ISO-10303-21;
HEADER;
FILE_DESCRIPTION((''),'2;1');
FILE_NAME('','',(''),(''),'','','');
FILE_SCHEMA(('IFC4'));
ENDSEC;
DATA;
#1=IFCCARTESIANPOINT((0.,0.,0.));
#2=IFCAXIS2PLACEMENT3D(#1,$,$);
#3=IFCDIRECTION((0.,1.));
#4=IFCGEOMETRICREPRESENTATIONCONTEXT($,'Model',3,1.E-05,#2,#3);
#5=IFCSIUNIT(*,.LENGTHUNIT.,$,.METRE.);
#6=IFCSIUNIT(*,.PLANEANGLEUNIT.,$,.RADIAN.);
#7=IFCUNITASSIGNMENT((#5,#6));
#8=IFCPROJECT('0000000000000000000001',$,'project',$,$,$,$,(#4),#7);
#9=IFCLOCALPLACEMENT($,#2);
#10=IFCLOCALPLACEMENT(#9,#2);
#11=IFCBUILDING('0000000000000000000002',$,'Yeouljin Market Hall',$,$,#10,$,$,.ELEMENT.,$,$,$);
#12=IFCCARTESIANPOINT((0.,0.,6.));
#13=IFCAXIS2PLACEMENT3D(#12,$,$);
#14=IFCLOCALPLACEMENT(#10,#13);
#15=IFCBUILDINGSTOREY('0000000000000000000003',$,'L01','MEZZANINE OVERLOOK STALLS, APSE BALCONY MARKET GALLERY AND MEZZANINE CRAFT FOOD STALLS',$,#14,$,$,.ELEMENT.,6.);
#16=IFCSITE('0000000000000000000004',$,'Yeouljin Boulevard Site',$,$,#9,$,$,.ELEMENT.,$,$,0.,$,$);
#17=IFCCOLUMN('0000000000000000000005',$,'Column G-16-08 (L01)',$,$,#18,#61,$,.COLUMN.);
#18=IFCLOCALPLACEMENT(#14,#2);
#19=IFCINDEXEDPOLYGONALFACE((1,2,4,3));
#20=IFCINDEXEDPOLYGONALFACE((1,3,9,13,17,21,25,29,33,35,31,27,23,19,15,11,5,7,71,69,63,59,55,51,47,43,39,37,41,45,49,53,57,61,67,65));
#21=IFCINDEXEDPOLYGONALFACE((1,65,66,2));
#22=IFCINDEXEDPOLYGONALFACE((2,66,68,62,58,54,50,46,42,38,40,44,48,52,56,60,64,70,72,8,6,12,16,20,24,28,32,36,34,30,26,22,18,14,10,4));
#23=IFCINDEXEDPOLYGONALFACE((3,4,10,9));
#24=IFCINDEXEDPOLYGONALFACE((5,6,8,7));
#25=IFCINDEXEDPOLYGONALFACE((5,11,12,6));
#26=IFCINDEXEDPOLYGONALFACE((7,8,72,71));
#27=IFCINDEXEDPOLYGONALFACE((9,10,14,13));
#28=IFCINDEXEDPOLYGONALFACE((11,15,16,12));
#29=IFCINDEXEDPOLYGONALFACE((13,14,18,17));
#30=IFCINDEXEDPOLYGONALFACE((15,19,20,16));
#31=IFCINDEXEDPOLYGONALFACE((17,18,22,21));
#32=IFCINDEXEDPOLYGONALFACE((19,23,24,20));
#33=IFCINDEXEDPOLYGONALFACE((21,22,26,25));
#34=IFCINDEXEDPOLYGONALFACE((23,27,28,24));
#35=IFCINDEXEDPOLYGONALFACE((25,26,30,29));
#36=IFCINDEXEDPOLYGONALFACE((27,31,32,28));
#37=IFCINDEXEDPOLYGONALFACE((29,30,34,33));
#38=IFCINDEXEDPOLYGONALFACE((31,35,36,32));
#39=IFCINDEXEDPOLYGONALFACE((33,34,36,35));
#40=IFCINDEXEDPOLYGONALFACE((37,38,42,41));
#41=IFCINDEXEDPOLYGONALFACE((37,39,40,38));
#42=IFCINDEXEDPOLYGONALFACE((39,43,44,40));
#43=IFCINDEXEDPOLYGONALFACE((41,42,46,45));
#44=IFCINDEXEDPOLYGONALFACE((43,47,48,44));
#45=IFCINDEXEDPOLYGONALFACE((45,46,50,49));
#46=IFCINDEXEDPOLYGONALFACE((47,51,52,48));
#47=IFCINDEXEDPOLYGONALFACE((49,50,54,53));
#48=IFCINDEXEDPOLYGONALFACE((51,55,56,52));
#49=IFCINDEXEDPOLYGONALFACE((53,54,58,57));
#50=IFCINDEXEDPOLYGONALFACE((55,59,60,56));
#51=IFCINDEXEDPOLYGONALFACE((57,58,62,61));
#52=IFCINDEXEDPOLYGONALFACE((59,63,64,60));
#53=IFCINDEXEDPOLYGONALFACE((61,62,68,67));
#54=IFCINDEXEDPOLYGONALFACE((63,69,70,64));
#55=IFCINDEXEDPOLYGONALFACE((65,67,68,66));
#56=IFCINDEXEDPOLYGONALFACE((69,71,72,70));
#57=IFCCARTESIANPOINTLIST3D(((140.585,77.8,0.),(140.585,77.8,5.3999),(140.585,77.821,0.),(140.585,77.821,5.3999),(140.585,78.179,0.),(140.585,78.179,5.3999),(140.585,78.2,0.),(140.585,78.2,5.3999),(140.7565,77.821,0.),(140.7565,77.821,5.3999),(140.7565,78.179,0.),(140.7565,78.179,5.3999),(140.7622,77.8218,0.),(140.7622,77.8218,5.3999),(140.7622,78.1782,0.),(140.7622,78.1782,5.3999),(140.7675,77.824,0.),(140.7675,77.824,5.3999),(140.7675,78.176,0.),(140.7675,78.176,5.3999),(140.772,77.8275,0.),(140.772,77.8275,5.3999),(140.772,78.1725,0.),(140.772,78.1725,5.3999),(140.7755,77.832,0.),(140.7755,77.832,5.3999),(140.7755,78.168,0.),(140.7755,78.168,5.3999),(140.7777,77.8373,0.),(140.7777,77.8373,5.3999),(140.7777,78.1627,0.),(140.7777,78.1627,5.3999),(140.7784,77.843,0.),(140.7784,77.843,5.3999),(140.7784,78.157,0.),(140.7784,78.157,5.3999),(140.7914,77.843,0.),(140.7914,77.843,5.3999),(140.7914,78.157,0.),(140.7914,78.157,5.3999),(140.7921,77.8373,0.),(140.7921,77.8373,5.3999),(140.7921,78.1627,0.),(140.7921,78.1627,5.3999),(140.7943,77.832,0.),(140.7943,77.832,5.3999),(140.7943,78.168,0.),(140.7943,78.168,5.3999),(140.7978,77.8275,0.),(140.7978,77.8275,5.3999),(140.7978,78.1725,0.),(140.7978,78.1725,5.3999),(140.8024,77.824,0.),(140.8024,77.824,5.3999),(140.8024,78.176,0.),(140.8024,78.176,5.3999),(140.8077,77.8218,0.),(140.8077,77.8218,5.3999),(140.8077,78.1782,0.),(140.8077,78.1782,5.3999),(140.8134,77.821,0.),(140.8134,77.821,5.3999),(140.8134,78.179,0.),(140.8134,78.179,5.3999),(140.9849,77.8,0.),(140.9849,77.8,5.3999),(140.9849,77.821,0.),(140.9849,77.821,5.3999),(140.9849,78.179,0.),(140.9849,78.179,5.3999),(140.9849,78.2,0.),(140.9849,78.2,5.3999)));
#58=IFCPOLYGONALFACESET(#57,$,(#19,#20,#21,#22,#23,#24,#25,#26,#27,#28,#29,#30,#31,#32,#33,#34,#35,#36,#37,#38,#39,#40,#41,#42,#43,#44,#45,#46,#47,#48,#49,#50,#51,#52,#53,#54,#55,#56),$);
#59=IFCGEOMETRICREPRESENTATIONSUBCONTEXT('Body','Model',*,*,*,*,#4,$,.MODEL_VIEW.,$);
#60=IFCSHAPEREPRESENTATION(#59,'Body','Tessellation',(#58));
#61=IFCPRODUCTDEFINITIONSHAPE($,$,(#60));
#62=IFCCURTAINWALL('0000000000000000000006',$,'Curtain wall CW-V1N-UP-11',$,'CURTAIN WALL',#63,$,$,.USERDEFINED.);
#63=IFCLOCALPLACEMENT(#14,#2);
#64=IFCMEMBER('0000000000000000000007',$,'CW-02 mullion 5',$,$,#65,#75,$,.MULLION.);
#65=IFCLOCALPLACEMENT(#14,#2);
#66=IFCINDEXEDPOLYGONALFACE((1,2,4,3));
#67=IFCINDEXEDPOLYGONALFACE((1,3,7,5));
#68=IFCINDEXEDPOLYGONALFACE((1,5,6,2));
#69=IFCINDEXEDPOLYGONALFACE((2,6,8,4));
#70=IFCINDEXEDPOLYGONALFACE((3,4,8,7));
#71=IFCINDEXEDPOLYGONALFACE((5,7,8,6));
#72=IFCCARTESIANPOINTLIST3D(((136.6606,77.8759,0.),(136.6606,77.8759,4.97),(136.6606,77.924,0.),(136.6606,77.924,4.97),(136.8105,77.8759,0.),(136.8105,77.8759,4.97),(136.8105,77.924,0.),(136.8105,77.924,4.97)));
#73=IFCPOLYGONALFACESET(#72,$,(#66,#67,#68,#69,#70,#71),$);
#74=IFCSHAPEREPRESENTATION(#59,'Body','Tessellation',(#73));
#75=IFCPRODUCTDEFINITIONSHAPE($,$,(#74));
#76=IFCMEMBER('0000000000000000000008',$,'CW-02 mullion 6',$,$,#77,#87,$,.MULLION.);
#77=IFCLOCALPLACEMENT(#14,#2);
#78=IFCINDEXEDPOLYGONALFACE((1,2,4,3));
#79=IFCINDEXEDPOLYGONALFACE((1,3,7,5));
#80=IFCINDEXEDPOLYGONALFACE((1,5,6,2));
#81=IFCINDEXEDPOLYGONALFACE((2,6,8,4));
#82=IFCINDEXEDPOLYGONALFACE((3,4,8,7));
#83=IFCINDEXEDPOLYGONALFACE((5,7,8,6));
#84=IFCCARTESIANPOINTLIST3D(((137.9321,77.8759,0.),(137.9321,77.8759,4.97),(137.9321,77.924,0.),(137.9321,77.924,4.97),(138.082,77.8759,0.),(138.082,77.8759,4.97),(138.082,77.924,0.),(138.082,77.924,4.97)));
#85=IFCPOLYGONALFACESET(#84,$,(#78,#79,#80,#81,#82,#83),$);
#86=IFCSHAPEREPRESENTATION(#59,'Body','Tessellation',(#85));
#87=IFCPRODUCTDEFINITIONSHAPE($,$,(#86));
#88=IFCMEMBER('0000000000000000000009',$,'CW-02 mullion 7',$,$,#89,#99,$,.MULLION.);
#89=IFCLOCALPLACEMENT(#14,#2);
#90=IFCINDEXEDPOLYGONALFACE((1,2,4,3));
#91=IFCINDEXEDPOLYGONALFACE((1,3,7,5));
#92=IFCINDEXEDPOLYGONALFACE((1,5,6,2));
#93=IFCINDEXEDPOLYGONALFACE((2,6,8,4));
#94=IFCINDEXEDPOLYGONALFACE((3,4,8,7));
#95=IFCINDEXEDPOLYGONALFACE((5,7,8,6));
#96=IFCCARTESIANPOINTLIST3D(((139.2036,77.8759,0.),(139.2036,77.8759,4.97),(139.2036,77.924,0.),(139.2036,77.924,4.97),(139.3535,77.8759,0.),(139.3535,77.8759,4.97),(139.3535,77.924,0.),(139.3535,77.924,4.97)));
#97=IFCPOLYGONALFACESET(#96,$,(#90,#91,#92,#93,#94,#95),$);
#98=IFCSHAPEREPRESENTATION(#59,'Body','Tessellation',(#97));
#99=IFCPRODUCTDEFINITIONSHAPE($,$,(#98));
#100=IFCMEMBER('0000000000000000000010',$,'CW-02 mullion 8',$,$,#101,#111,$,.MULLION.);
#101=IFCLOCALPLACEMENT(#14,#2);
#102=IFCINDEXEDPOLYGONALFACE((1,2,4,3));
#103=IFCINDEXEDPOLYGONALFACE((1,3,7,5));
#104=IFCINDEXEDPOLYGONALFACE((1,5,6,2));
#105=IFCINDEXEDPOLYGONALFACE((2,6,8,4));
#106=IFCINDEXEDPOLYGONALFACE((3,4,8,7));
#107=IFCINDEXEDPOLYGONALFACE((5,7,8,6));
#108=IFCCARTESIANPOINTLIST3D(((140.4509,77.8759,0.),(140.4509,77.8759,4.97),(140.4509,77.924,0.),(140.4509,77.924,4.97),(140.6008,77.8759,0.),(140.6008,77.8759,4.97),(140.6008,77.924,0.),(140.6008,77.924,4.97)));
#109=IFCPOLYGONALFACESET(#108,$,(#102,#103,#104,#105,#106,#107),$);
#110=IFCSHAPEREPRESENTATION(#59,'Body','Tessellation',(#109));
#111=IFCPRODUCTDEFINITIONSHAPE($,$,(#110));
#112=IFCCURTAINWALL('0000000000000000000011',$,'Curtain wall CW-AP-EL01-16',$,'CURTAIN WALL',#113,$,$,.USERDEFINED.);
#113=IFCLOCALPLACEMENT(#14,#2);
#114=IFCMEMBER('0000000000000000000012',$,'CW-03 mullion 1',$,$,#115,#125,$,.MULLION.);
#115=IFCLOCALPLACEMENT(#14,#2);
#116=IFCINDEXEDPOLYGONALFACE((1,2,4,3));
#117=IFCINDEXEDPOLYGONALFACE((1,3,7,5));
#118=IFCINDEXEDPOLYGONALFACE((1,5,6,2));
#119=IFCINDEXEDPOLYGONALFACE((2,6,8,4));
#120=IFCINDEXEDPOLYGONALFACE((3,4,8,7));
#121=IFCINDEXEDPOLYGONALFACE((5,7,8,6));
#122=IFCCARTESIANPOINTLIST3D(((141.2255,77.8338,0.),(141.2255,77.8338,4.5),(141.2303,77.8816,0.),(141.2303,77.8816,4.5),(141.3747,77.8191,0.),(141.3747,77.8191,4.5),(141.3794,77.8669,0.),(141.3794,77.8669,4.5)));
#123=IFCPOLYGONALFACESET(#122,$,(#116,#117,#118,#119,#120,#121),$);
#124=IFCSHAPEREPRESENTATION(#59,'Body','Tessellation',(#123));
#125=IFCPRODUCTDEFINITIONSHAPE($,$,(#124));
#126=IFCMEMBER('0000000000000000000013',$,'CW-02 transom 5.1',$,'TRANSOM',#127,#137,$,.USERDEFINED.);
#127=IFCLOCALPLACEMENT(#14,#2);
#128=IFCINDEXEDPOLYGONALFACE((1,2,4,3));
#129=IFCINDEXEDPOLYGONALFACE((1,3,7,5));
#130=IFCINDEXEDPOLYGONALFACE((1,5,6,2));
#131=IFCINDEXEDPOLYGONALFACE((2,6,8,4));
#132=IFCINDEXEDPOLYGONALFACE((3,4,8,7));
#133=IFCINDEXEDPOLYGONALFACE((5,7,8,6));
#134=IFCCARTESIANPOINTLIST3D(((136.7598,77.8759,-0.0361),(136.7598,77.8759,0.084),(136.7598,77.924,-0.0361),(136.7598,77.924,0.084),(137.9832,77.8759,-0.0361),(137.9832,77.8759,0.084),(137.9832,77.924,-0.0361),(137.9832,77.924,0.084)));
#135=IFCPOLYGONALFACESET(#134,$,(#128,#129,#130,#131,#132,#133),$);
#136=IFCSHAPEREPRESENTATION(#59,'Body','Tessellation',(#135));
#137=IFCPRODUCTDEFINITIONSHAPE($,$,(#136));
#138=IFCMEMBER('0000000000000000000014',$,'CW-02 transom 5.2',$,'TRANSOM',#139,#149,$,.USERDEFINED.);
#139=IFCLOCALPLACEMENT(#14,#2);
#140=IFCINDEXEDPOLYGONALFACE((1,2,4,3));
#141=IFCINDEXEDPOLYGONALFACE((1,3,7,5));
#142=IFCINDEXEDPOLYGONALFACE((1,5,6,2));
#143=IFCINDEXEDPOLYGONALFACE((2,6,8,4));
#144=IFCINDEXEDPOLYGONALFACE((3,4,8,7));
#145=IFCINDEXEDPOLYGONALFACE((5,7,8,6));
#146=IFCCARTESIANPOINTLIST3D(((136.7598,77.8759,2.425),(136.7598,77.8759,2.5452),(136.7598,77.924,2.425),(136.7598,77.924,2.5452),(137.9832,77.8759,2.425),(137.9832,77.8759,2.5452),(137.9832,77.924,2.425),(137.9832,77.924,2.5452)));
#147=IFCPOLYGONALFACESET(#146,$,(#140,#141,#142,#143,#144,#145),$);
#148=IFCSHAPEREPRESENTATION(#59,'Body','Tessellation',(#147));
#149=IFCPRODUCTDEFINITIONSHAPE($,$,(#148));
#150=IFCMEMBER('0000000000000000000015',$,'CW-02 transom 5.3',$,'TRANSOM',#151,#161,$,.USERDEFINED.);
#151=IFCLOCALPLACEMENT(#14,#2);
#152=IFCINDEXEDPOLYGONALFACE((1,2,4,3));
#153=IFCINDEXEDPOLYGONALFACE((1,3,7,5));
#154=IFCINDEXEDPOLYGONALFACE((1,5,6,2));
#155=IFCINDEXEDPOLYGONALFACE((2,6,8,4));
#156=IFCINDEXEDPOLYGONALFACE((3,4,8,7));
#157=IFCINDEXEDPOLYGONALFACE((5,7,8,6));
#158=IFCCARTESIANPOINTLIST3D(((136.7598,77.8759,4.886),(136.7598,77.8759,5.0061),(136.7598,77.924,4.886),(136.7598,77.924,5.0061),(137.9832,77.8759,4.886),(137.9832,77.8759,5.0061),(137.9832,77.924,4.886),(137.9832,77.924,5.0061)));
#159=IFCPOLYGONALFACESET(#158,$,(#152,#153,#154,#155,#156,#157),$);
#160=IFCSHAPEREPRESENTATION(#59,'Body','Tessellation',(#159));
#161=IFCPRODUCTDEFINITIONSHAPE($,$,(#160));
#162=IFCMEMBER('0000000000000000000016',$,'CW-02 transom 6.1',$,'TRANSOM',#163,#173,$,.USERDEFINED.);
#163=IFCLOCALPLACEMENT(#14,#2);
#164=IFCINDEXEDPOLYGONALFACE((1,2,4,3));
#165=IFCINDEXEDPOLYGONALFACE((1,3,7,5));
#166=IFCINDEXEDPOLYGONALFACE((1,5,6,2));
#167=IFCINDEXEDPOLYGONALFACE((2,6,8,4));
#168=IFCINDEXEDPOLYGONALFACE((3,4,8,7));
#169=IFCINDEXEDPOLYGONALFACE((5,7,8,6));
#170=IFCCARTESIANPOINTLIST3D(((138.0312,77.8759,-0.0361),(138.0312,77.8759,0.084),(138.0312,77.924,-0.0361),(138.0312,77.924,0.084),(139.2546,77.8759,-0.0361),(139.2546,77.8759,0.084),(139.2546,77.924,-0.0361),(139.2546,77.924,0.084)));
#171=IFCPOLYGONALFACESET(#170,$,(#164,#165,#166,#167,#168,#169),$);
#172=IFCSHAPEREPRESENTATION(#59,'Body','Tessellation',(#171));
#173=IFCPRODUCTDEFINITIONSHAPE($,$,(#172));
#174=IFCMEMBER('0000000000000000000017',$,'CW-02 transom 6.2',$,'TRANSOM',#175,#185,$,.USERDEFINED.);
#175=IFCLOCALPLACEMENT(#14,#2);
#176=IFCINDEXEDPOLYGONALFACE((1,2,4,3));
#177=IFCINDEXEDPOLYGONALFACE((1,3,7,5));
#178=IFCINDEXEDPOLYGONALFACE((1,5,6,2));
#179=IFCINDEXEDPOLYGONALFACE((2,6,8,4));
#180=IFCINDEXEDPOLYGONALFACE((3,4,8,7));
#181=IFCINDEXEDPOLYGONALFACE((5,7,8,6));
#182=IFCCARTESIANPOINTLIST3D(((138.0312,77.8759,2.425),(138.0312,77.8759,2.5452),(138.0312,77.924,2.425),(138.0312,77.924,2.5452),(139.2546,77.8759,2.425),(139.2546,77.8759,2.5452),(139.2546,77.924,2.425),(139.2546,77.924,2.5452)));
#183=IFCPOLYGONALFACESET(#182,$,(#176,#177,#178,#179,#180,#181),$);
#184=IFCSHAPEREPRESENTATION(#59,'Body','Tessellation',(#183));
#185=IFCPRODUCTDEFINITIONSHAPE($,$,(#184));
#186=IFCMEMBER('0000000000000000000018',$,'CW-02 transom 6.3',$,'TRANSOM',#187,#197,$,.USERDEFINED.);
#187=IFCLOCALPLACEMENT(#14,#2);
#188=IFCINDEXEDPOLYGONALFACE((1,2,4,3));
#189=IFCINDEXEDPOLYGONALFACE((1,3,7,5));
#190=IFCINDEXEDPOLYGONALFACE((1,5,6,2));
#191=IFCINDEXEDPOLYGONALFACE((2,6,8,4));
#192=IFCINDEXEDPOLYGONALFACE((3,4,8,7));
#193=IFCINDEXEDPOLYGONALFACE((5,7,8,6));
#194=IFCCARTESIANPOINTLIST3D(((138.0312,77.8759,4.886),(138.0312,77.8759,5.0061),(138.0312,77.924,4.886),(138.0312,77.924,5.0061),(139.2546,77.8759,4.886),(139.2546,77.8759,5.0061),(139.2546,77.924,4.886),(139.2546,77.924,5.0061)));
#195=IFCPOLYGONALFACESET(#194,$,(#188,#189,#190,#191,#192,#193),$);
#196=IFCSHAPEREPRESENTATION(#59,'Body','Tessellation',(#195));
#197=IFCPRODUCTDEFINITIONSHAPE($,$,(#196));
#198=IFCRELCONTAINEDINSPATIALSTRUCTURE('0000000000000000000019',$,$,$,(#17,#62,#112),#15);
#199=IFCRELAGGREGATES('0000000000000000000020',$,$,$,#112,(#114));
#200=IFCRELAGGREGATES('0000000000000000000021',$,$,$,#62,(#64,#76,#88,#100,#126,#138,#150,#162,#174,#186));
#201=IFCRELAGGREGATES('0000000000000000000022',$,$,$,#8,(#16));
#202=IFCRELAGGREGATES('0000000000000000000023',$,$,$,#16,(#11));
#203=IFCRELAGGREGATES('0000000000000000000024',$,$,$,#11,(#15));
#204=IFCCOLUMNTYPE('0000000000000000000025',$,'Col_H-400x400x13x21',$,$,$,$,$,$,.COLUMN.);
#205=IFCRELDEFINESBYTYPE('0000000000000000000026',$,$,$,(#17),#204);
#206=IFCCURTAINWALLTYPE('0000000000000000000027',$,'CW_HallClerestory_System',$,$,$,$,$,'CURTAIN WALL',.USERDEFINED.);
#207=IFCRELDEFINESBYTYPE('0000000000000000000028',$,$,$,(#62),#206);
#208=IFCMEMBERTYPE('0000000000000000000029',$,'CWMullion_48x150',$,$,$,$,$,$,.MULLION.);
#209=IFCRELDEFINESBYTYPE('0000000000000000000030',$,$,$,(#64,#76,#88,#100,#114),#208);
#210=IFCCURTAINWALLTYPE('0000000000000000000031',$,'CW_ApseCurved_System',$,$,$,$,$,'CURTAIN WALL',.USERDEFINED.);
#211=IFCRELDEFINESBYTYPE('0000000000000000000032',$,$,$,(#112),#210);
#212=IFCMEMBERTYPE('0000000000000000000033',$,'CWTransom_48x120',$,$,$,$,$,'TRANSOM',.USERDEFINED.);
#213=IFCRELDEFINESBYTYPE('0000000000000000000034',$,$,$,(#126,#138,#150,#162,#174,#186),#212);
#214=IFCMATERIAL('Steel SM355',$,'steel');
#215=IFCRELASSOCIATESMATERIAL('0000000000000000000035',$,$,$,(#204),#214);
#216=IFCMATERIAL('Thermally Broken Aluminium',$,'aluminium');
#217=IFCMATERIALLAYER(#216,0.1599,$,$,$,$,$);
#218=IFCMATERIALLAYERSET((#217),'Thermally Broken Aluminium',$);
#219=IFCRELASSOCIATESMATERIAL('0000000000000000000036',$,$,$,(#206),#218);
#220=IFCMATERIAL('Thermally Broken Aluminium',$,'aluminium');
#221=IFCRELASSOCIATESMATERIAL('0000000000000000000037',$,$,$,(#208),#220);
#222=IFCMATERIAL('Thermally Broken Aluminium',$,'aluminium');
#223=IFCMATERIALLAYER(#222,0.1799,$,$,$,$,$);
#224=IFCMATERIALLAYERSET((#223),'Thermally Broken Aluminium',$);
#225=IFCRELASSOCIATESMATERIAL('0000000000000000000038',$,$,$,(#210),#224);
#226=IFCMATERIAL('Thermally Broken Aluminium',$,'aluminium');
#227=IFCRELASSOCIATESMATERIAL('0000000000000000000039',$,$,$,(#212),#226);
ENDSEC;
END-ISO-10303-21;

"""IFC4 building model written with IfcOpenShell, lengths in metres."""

from ifc_helpers import new_model, si_unit, direction, frame, origin, origin_2d, place, context, subcontext, project, spatial, rectangle, i_section, extrude, material, layer, layer_set, material_profile, profile_set, type_object, element, aggregate, save


model = new_model("IFC4")

# Units and contexts
model_context = context("Model", 3, precision=1e-05, world=origin(), true_north=direction((0.0, 1.0)))
body_context = subcontext(model_context, "Body", "Model", "MODEL_VIEW")
ifc_project = project(units=[si_unit("LENGTHUNIT", "METRE"), si_unit("PLANEANGLEUNIT", "RADIAN")], contexts=[model_context])

# Site, building, storey
site_placement = place(None, origin())
site = spatial("IfcSite", under=ifc_project, at=site_placement, Name="Yeouljin Boulevard Site", CompositionType="ELEMENT", RefElevation=0.0)
building_placement = place(site_placement, origin())
building = spatial("IfcBuilding", under=site, at=building_placement, Name="Yeouljin Market Hall", CompositionType="ELEMENT")
storey_placement = place(building_placement, frame((0.0, 0.0, 6.0)))
storey = spatial("IfcBuildingStorey", under=building, at=storey_placement, Name="L01", Description="MEZZANINE OVERLOOK STALLS, APSE BALCONY MARKET GALLERY AND MEZZANINE CRAFT FOOD STALLS", CompositionType="ELEMENT", Elevation=6.0)

# Column
ifc_material_1 = material(Name="Steel SM355", Category="steel")
ifc_material_profile_1 = material_profile(ifc_material_1, i_section(OverallWidth=0.3999, OverallDepth=0.3999, WebThickness=0.0129, FlangeThickness=0.021, FilletRadius=0.022, at=origin_2d()), Name="H-400x400x13x21")
ifc_profile_set_1 = profile_set([ifc_material_profile_1], Name="Steel SM355")
column_type = type_object("IfcColumnType", Name="Col_H-400x400x13x21", PredefinedType="COLUMN", material=ifc_profile_set_1)
column_placement = place(storey_placement, frame((140.7849, 78.0, 0.0), z_axis=(0.0, 0.0, 1.0), x_axis=(1.0, 0.0, 0.0)))
element("IfcColumn", 1, at=column_placement, inside=storey, type_object=column_type, Name="Column G-16-08 (L01)", PredefinedType="COLUMN", context=body_context, shape_type="SweptSolid", body=[
    extrude(i_section(OverallWidth=0.3999, OverallDepth=0.3999, WebThickness=0.0129, FlangeThickness=0.021, FilletRadius=0.022, at=origin_2d()), origin(), (0.0, 0.0, 1.0), 5.3999),
])

# Curtain wall, members
ifc_material_2 = material(Name="Thermally Broken Aluminium", Category="aluminium")
ifc_layer_1 = layer(ifc_material_2, 0.1599)
ifc_layer_set_1 = layer_set([ifc_layer_1], Name="Thermally Broken Aluminium")
curtain_wall_type_1 = type_object("IfcCurtainWallType", Name="CW_HallClerestory_System", ElementType="CURTAIN WALL", PredefinedType="USERDEFINED", material=ifc_layer_set_1)
curtain_wall_1_placement = place(storey_placement, origin())
curtain_wall_1 = element("IfcCurtainWall", 2, at=curtain_wall_1_placement, inside=storey, type_object=curtain_wall_type_1, Name="Curtain wall CW-V1N-UP-11", ObjectType="CURTAIN WALL", PredefinedType="USERDEFINED")
ifc_material_3 = material(Name="Thermally Broken Aluminium", Category="aluminium")
ifc_material_profile_2 = material_profile(ifc_material_3, rectangle(XDim=0.0481, YDim=0.1499, at=origin_2d()), Name="CW-MULL-48x150")
ifc_profile_set_2 = profile_set([ifc_material_profile_2], Name="Thermally Broken Aluminium")
member_type_1 = type_object("IfcMemberType", Name="CWMullion_48x150", PredefinedType="MULLION", material=ifc_profile_set_2)
member_1_placement = place(storey_placement, frame((136.7356, 77.8999, 0.0), z_axis=(0.0, 0.0, 1.0), x_axis=(0.0, 1.0, 0.0)))
member_1 = element("IfcMember", 3, at=member_1_placement, type_object=member_type_1, Name="CW-02 mullion 5", PredefinedType="MULLION", context=body_context, shape_type="SweptSolid", body=[
    extrude(rectangle(XDim=0.0481, YDim=0.1499, at=origin_2d()), origin(), (0.0, 0.0, 1.0), 4.97),
])
member_2_placement = place(storey_placement, frame((138.0071, 77.8999, 0.0), z_axis=(0.0, 0.0, 1.0), x_axis=(0.0, 1.0, 0.0)))
member_2 = element("IfcMember", 4, at=member_2_placement, type_object=member_type_1, Name="CW-02 mullion 6", PredefinedType="MULLION", context=body_context, shape_type="SweptSolid", body=[
    extrude(rectangle(XDim=0.0481, YDim=0.1499, at=origin_2d()), origin(), (0.0, 0.0, 1.0), 4.97),
])
member_3_placement = place(storey_placement, frame((139.2786, 77.8999, 0.0), z_axis=(0.0, 0.0, 1.0), x_axis=(0.0, 1.0, 0.0)))
member_3 = element("IfcMember", 5, at=member_3_placement, type_object=member_type_1, Name="CW-02 mullion 7", PredefinedType="MULLION", context=body_context, shape_type="SweptSolid", body=[
    extrude(rectangle(XDim=0.0481, YDim=0.1499, at=origin_2d()), origin(), (0.0, 0.0, 1.0), 4.97),
])
member_4_placement = place(storey_placement, frame((140.5259, 77.8999, 0.0), z_axis=(0.0, 0.0, 1.0), x_axis=(0.0, 1.0, 0.0)))
member_4 = element("IfcMember", 6, at=member_4_placement, type_object=member_type_1, Name="CW-02 mullion 8", PredefinedType="MULLION", context=body_context, shape_type="SweptSolid", body=[
    extrude(rectangle(XDim=0.0481, YDim=0.1499, at=origin_2d()), origin(), (0.0, 0.0, 1.0), 4.97),
])

# Curtain wall, member
ifc_material_4 = material(Name="Thermally Broken Aluminium", Category="aluminium")
ifc_layer_2 = layer(ifc_material_4, 0.1799)
ifc_layer_set_2 = layer_set([ifc_layer_2], Name="Thermally Broken Aluminium")
curtain_wall_type_2 = type_object("IfcCurtainWallType", Name="CW_ApseCurved_System", ElementType="CURTAIN WALL", PredefinedType="USERDEFINED", material=ifc_layer_set_2)
curtain_wall_2_placement = place(storey_placement, origin())
curtain_wall_2 = element("IfcCurtainWall", 7, at=curtain_wall_2_placement, inside=storey, type_object=curtain_wall_type_2, Name="Curtain wall CW-AP-EL01-16", ObjectType="CURTAIN WALL", PredefinedType="USERDEFINED")
member_5_placement = place(storey_placement, frame((141.3025, 77.8503, 0.0), z_axis=(0.0, 0.0, 1.0), x_axis=(0.098034, 0.995183, 0.0)))
member_5 = element("IfcMember", 8, at=member_5_placement, type_object=member_type_1, Name="CW-03 mullion 1", PredefinedType="MULLION", context=body_context, shape_type="SweptSolid", body=[
    extrude(rectangle(XDim=0.0481, YDim=0.1499, at=origin_2d()), origin(), (0.0, 0.0, 1.0), 4.5),
])
aggregate(curtain_wall_2, [member_5])

# Members
ifc_material_5 = material(Name="Thermally Broken Aluminium", Category="aluminium")
ifc_material_profile_3 = material_profile(ifc_material_5, rectangle(XDim=0.0481, YDim=0.1201, at=origin_2d()), Name="CW-TRAN-48x120")
ifc_profile_set_3 = profile_set([ifc_material_profile_3], Name="Thermally Broken Aluminium")
member_type_2 = type_object("IfcMemberType", Name="CWTransom_48x120", ElementType="TRANSOM", PredefinedType="USERDEFINED", material=ifc_profile_set_3)
member_6_placement = place(storey_placement, frame((136.7598, 77.8999, 0.0239), z_axis=(1.0, 0.0, 0.0), x_axis=(0.0, 1.0, 0.0)))
member_6 = element("IfcMember", 9, at=member_6_placement, type_object=member_type_2, Name="CW-02 transom 5.1", ObjectType="TRANSOM", PredefinedType="USERDEFINED", context=body_context, shape_type="SweptSolid", body=[
    extrude(rectangle(XDim=0.0481, YDim=0.1201, at=origin_2d()), origin(), (0.0, 0.0, 1.0), 1.2234),
])
member_7_placement = place(storey_placement, frame((136.7598, 77.8999, 2.4851), z_axis=(1.0, 0.0, 0.0), x_axis=(0.0, 1.0, 0.0)))
member_7 = element("IfcMember", 10, at=member_7_placement, type_object=member_type_2, Name="CW-02 transom 5.2", ObjectType="TRANSOM", PredefinedType="USERDEFINED", context=body_context, shape_type="SweptSolid", body=[
    extrude(rectangle(XDim=0.0481, YDim=0.1201, at=origin_2d()), origin(), (0.0, 0.0, 1.0), 1.2234),
])
member_8_placement = place(storey_placement, frame((136.7598, 77.8999, 4.946), z_axis=(1.0, 0.0, 0.0), x_axis=(0.0, 1.0, 0.0)))
member_8 = element("IfcMember", 11, at=member_8_placement, type_object=member_type_2, Name="CW-02 transom 5.3", ObjectType="TRANSOM", PredefinedType="USERDEFINED", context=body_context, shape_type="SweptSolid", body=[
    extrude(rectangle(XDim=0.0481, YDim=0.1201, at=origin_2d()), origin(), (0.0, 0.0, 1.0), 1.2234),
])
member_9_placement = place(storey_placement, frame((138.0312, 77.8999, 0.0239), z_axis=(1.0, 0.0, 0.0), x_axis=(0.0, 1.0, 0.0)))
member_9 = element("IfcMember", 12, at=member_9_placement, type_object=member_type_2, Name="CW-02 transom 6.1", ObjectType="TRANSOM", PredefinedType="USERDEFINED", context=body_context, shape_type="SweptSolid", body=[
    extrude(rectangle(XDim=0.0481, YDim=0.1201, at=origin_2d()), origin(), (0.0, 0.0, 1.0), 1.2234),
])
member_10_placement = place(storey_placement, frame((138.0312, 77.8999, 2.4851), z_axis=(1.0, 0.0, 0.0), x_axis=(0.0, 1.0, 0.0)))
member_10 = element("IfcMember", 13, at=member_10_placement, type_object=member_type_2, Name="CW-02 transom 6.2", ObjectType="TRANSOM", PredefinedType="USERDEFINED", context=body_context, shape_type="SweptSolid", body=[
    extrude(rectangle(XDim=0.0481, YDim=0.1201, at=origin_2d()), origin(), (0.0, 0.0, 1.0), 1.2234),
])
member_11_placement = place(storey_placement, frame((138.0312, 77.8999, 4.946), z_axis=(1.0, 0.0, 0.0), x_axis=(0.0, 1.0, 0.0)))
member_11 = element("IfcMember", 14, at=member_11_placement, type_object=member_type_2, Name="CW-02 transom 6.3", ObjectType="TRANSOM", PredefinedType="USERDEFINED", context=body_context, shape_type="SweptSolid", body=[
    extrude(rectangle(XDim=0.0481, YDim=0.1201, at=origin_2d()), origin(), (0.0, 0.0, 1.0), 1.2234),
])

aggregate(curtain_wall_1, [member_1, member_2, member_3, member_4, member_6, member_7, member_8, member_9, member_10, member_11])

save(model, "model.ifc")
